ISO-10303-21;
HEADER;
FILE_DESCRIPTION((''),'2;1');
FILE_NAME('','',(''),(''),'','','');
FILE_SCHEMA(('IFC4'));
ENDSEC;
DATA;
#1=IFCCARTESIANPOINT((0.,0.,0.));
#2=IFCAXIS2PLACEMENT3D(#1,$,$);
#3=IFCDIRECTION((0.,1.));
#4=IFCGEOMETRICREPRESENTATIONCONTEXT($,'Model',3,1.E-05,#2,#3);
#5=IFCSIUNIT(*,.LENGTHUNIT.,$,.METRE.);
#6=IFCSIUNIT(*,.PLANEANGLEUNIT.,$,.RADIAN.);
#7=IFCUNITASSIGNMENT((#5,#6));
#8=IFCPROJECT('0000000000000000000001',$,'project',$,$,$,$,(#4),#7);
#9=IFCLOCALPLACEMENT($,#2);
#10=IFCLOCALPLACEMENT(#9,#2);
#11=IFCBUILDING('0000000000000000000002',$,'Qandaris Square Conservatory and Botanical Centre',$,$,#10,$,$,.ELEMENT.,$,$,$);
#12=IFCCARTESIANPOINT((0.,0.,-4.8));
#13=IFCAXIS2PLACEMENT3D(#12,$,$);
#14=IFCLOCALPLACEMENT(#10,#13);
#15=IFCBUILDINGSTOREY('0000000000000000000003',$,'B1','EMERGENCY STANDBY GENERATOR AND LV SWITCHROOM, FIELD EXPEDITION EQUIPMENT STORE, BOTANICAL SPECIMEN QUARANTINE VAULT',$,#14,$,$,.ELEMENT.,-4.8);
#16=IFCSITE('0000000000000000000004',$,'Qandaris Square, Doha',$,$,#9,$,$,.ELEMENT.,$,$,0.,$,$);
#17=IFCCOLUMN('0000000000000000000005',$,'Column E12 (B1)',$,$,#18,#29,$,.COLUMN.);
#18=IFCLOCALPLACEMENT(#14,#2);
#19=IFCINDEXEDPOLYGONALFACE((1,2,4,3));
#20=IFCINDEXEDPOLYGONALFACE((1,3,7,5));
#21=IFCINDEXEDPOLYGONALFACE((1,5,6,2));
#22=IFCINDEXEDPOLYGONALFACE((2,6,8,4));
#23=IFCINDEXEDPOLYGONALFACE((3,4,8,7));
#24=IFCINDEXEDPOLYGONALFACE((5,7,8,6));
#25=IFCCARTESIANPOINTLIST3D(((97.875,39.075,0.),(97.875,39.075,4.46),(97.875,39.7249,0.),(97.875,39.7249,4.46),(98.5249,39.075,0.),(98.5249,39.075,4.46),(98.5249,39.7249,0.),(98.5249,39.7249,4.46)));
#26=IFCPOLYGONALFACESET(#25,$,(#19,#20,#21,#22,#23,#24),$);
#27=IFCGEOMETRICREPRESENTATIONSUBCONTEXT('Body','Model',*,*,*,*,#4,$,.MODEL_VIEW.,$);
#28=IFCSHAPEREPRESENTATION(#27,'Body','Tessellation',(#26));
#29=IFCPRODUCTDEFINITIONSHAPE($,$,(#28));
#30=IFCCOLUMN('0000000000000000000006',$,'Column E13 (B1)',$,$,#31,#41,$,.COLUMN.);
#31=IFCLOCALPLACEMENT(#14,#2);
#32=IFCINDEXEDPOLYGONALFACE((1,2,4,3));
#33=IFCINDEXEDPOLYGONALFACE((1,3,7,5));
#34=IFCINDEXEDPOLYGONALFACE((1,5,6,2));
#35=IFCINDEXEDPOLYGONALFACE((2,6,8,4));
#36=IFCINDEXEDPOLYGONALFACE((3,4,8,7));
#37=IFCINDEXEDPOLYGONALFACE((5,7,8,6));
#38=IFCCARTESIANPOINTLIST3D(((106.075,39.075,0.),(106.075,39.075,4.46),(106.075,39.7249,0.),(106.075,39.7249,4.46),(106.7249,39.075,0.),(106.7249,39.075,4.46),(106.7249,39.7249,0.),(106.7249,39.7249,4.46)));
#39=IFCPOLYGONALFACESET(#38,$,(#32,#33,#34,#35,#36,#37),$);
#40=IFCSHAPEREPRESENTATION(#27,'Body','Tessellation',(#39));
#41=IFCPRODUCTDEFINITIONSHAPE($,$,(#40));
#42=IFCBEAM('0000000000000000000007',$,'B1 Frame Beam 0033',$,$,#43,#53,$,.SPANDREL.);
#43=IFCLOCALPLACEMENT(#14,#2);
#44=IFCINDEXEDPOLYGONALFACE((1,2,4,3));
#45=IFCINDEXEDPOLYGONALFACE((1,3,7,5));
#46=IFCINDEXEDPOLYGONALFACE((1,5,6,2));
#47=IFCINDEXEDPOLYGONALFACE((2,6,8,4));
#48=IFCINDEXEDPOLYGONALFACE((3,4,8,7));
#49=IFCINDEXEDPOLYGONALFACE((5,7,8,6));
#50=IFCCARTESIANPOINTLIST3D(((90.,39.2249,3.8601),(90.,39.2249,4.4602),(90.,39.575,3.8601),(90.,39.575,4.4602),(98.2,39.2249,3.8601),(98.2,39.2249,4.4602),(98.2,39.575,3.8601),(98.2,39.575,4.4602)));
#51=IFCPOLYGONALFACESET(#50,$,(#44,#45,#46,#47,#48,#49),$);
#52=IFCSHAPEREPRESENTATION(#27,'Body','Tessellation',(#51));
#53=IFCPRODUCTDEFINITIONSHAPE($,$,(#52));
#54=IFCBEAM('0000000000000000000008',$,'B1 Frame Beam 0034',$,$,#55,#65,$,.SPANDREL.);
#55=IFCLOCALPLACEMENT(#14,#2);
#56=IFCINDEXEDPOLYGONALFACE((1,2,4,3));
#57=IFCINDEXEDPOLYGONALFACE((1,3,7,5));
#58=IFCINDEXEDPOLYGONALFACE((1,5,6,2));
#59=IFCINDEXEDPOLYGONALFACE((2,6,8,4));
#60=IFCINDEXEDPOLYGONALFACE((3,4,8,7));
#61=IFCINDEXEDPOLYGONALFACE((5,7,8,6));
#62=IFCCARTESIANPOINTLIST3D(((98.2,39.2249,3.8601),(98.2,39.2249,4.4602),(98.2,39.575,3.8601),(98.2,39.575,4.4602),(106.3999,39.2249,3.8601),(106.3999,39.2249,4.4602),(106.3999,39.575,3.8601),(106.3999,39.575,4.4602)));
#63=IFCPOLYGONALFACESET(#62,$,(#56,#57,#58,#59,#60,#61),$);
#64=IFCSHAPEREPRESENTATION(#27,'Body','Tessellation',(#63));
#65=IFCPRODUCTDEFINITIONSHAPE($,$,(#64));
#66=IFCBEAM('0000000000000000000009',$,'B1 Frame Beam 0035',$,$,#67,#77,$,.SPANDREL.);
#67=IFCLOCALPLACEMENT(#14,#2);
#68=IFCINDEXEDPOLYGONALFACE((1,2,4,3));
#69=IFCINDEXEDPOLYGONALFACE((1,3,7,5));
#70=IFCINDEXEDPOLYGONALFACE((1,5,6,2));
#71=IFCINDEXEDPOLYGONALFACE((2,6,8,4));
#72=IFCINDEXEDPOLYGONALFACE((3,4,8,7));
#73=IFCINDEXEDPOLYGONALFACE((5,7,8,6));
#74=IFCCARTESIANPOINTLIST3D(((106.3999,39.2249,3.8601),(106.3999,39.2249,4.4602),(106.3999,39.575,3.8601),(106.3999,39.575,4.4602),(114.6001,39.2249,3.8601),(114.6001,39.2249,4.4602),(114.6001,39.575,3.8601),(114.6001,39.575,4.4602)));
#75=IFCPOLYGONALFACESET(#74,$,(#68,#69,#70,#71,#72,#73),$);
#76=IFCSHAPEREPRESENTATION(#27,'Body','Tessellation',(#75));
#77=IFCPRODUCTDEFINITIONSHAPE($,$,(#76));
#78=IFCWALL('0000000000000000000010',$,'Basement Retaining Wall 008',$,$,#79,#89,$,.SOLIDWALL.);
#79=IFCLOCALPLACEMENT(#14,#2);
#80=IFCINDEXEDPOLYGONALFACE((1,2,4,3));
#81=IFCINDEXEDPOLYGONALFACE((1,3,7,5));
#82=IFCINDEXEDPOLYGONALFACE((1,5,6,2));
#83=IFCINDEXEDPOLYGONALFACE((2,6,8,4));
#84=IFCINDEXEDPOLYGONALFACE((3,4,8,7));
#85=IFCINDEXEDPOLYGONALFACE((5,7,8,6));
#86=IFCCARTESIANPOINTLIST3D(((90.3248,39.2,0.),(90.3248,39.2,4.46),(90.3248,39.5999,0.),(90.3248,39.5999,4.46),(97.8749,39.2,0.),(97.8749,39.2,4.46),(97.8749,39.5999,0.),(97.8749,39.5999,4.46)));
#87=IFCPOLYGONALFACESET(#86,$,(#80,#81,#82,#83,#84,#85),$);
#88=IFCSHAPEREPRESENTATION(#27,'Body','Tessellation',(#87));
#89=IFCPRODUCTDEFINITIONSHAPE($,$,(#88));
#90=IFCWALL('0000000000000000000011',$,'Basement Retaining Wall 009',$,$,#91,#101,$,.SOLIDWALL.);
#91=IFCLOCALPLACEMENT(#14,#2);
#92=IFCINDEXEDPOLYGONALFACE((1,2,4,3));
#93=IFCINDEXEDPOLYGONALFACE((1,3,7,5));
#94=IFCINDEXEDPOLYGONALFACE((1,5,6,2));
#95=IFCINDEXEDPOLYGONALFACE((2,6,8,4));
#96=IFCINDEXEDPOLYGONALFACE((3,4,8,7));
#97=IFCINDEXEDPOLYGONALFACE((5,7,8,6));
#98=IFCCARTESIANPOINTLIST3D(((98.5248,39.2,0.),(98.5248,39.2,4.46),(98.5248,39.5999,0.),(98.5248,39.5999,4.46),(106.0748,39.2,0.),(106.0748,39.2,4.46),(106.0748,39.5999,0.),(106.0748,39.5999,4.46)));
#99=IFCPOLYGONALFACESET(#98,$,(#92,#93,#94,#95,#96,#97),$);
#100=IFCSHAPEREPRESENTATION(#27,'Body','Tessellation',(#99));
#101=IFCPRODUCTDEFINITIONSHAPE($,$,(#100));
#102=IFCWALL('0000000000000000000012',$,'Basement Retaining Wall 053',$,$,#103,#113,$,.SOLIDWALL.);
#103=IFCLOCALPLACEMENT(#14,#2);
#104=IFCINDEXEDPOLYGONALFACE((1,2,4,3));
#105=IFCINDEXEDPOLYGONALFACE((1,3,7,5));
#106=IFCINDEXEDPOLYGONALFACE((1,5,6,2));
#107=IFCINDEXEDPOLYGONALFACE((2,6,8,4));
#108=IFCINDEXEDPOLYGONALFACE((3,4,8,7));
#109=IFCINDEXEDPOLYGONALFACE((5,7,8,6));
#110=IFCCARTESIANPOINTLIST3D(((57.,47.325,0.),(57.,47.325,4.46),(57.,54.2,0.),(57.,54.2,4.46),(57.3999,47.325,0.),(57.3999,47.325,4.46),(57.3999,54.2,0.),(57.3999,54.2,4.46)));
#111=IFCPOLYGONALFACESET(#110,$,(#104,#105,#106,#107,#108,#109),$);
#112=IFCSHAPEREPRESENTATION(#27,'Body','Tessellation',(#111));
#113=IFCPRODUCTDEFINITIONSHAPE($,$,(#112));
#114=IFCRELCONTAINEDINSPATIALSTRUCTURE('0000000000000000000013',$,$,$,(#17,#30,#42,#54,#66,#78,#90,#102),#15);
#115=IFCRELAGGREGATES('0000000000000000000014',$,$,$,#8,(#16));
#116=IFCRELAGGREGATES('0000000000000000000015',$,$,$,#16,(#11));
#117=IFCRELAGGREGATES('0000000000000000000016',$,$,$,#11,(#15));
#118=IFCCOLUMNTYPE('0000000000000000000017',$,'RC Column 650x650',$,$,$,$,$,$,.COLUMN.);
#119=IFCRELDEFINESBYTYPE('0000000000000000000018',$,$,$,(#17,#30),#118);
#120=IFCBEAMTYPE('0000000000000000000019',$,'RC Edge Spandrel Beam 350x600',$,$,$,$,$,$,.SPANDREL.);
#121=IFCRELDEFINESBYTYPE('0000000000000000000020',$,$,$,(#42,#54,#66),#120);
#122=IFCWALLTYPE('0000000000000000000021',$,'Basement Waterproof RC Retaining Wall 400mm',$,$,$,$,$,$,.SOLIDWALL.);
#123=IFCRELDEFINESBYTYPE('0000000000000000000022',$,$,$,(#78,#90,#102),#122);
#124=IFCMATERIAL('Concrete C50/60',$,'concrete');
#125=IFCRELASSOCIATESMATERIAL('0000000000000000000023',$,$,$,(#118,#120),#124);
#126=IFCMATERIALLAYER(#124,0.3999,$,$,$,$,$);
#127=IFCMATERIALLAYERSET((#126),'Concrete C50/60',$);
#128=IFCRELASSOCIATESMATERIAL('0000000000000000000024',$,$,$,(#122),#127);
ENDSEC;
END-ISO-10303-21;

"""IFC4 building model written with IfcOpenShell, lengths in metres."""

from ifc_helpers import new_model, si_unit, direction, frame, frame_2d, origin, origin_2d, place, context, subcontext, project, spatial, rectangle, extrude, material, layer, layer_set, material_profile, profile_set, type_object, element, save


model = new_model("IFC4")

# Units and contexts
model_context = context("Model", 3, precision=1e-05, world=origin(), true_north=direction((0.0, 1.0)))
body_context = subcontext(model_context, "Body", "Model", "MODEL_VIEW")
ifc_project = project(units=[si_unit("LENGTHUNIT", "METRE"), si_unit("PLANEANGLEUNIT", "RADIAN")], contexts=[model_context])

# Site, building, storey
site_placement = place(None, origin())
site = spatial("IfcSite", under=ifc_project, at=site_placement, Name="Qandaris Square, Doha", CompositionType="ELEMENT", RefElevation=0.0)
building_placement = place(site_placement, origin())
building = spatial("IfcBuilding", under=site, at=building_placement, Name="Qandaris Square Conservatory and Botanical Centre", CompositionType="ELEMENT")
storey_placement = place(building_placement, frame((0.0, 0.0, -4.8)))
storey = spatial("IfcBuildingStorey", under=building, at=storey_placement, Name="B1", Description="EMERGENCY STANDBY GENERATOR AND LV SWITCHROOM, FIELD EXPEDITION EQUIPMENT STORE, BOTANICAL SPECIMEN QUARANTINE VAULT", CompositionType="ELEMENT", Elevation=-4.8)

# Shared definitions
ifc_material_1 = material(Name="Concrete C50/60", Category="concrete")

# Columns
ifc_material_profile_1 = material_profile(ifc_material_1, rectangle(XDim=0.6499, YDim=0.6499, at=origin_2d()), Name="RC-COL 650x650")
ifc_profile_set_1 = profile_set([ifc_material_profile_1], Name="Concrete C50/60")
column_type = type_object("IfcColumnType", Name="RC Column 650x650", PredefinedType="COLUMN", material=ifc_profile_set_1)
for number, where, z_axis, x_axis, name in (
    (1, (98.2, 39.3999, 0.0), (0.0, 0.0, 1.0), (1.0, 0.0, 0.0), "Column E12 (B1)"),
    (2, (106.3999, 39.3999, 0.0), (0.0, 0.0, 1.0), (1.0, 0.0, 0.0), "Column E13 (B1)"),
):
    element("IfcColumn", number, at=place(storey_placement, frame(where, z_axis=z_axis, x_axis=x_axis)), inside=storey, type_object=column_type, Name=name, PredefinedType="COLUMN", context=body_context, shape_type="SweptSolid", body=[
        extrude(rectangle(XDim=0.6499, YDim=0.6499, at=origin_2d()), origin(), (0.0, 0.0, 1.0), 4.46),
    ])

# Beams
ifc_material_profile_2 = material_profile(ifc_material_1, rectangle(XDim=0.3501, YDim=0.6001, at=origin_2d()), Name="RC-SP 350x600")
ifc_profile_set_2 = profile_set([ifc_material_profile_2], Name="Concrete C50/60")
beam_type = type_object("IfcBeamType", Name="RC Edge Spandrel Beam 350x600", PredefinedType="SPANDREL", material=ifc_profile_set_2)
for number, where, z_axis, x_axis, name in (
    (3, (90.0, 39.3999, 4.1602), (1.0, 0.0, 0.0), (0.0, 1.0, 0.0), "B1 Frame Beam 0033"),
    (4, (98.2, 39.3999, 4.1602), (1.0, 0.0, 0.0), (0.0, 1.0, 0.0), "B1 Frame Beam 0034"),
):
    element("IfcBeam", number, at=place(storey_placement, frame(where, z_axis=z_axis, x_axis=x_axis)), inside=storey, type_object=beam_type, Name=name, PredefinedType="SPANDREL", context=body_context, shape_type="SweptSolid", body=[
        extrude(rectangle(XDim=0.3501, YDim=0.6001, at=origin_2d()), origin(), (0.0, 0.0, 1.0), 8.2),
    ])
beam_placement = place(storey_placement, frame((106.3999, 39.3999, 4.1602), z_axis=(1.0, 0.0, 0.0), x_axis=(0.0, 1.0, 0.0)))
element("IfcBeam", 5, at=beam_placement, inside=storey, type_object=beam_type, Name="B1 Frame Beam 0035", PredefinedType="SPANDREL", context=body_context, shape_type="SweptSolid", body=[
    extrude(rectangle(XDim=0.3501, YDim=0.6001, at=origin_2d()), origin(), (0.0, 0.0, 1.0), 8.2002),
])

# Walls
ifc_layer = layer(ifc_material_1, 0.3999)
ifc_layer_set = layer_set([ifc_layer], Name="Concrete C50/60")
wall_type = type_object("IfcWallType", Name="Basement Waterproof RC Retaining Wall 400mm", PredefinedType="SOLIDWALL", material=ifc_layer_set)
for number, where, z_axis, x_axis, name in (
    (6, (90.325, 39.3999, 0.0), (0.0, 0.0, 1.0), (1.0, 0.0, 0.0), "Basement Retaining Wall 008"),
    (7, (98.5249, 39.3999, 0.0), (0.0, 0.0, 1.0), (1.0, 0.0, 0.0), "Basement Retaining Wall 009"),
):
    element("IfcWall", number, at=place(storey_placement, frame(where, z_axis=z_axis, x_axis=x_axis)), inside=storey, type_object=wall_type, Name=name, PredefinedType="SOLIDWALL", context=body_context, shape_type="SweptSolid", body=[
        extrude(rectangle(XDim=7.55, YDim=0.3999, at=frame_2d((3.7749, 0.0))), origin(), (0.0, 0.0, 1.0), 4.46),
    ])
wall_placement = place(storey_placement, frame((57.2, 47.325, 0.0), z_axis=(0.0, 0.0, 1.0), x_axis=(0.0, 1.0, 0.0)))
element("IfcWall", 8, at=wall_placement, inside=storey, type_object=wall_type, Name="Basement Retaining Wall 053", PredefinedType="SOLIDWALL", context=body_context, shape_type="SweptSolid", body=[
    extrude(rectangle(XDim=6.875, YDim=0.3999, at=frame_2d((3.4375, 0.0))), origin(), (0.0, 0.0, 1.0), 4.46),
])

save(model, "model.ifc")
